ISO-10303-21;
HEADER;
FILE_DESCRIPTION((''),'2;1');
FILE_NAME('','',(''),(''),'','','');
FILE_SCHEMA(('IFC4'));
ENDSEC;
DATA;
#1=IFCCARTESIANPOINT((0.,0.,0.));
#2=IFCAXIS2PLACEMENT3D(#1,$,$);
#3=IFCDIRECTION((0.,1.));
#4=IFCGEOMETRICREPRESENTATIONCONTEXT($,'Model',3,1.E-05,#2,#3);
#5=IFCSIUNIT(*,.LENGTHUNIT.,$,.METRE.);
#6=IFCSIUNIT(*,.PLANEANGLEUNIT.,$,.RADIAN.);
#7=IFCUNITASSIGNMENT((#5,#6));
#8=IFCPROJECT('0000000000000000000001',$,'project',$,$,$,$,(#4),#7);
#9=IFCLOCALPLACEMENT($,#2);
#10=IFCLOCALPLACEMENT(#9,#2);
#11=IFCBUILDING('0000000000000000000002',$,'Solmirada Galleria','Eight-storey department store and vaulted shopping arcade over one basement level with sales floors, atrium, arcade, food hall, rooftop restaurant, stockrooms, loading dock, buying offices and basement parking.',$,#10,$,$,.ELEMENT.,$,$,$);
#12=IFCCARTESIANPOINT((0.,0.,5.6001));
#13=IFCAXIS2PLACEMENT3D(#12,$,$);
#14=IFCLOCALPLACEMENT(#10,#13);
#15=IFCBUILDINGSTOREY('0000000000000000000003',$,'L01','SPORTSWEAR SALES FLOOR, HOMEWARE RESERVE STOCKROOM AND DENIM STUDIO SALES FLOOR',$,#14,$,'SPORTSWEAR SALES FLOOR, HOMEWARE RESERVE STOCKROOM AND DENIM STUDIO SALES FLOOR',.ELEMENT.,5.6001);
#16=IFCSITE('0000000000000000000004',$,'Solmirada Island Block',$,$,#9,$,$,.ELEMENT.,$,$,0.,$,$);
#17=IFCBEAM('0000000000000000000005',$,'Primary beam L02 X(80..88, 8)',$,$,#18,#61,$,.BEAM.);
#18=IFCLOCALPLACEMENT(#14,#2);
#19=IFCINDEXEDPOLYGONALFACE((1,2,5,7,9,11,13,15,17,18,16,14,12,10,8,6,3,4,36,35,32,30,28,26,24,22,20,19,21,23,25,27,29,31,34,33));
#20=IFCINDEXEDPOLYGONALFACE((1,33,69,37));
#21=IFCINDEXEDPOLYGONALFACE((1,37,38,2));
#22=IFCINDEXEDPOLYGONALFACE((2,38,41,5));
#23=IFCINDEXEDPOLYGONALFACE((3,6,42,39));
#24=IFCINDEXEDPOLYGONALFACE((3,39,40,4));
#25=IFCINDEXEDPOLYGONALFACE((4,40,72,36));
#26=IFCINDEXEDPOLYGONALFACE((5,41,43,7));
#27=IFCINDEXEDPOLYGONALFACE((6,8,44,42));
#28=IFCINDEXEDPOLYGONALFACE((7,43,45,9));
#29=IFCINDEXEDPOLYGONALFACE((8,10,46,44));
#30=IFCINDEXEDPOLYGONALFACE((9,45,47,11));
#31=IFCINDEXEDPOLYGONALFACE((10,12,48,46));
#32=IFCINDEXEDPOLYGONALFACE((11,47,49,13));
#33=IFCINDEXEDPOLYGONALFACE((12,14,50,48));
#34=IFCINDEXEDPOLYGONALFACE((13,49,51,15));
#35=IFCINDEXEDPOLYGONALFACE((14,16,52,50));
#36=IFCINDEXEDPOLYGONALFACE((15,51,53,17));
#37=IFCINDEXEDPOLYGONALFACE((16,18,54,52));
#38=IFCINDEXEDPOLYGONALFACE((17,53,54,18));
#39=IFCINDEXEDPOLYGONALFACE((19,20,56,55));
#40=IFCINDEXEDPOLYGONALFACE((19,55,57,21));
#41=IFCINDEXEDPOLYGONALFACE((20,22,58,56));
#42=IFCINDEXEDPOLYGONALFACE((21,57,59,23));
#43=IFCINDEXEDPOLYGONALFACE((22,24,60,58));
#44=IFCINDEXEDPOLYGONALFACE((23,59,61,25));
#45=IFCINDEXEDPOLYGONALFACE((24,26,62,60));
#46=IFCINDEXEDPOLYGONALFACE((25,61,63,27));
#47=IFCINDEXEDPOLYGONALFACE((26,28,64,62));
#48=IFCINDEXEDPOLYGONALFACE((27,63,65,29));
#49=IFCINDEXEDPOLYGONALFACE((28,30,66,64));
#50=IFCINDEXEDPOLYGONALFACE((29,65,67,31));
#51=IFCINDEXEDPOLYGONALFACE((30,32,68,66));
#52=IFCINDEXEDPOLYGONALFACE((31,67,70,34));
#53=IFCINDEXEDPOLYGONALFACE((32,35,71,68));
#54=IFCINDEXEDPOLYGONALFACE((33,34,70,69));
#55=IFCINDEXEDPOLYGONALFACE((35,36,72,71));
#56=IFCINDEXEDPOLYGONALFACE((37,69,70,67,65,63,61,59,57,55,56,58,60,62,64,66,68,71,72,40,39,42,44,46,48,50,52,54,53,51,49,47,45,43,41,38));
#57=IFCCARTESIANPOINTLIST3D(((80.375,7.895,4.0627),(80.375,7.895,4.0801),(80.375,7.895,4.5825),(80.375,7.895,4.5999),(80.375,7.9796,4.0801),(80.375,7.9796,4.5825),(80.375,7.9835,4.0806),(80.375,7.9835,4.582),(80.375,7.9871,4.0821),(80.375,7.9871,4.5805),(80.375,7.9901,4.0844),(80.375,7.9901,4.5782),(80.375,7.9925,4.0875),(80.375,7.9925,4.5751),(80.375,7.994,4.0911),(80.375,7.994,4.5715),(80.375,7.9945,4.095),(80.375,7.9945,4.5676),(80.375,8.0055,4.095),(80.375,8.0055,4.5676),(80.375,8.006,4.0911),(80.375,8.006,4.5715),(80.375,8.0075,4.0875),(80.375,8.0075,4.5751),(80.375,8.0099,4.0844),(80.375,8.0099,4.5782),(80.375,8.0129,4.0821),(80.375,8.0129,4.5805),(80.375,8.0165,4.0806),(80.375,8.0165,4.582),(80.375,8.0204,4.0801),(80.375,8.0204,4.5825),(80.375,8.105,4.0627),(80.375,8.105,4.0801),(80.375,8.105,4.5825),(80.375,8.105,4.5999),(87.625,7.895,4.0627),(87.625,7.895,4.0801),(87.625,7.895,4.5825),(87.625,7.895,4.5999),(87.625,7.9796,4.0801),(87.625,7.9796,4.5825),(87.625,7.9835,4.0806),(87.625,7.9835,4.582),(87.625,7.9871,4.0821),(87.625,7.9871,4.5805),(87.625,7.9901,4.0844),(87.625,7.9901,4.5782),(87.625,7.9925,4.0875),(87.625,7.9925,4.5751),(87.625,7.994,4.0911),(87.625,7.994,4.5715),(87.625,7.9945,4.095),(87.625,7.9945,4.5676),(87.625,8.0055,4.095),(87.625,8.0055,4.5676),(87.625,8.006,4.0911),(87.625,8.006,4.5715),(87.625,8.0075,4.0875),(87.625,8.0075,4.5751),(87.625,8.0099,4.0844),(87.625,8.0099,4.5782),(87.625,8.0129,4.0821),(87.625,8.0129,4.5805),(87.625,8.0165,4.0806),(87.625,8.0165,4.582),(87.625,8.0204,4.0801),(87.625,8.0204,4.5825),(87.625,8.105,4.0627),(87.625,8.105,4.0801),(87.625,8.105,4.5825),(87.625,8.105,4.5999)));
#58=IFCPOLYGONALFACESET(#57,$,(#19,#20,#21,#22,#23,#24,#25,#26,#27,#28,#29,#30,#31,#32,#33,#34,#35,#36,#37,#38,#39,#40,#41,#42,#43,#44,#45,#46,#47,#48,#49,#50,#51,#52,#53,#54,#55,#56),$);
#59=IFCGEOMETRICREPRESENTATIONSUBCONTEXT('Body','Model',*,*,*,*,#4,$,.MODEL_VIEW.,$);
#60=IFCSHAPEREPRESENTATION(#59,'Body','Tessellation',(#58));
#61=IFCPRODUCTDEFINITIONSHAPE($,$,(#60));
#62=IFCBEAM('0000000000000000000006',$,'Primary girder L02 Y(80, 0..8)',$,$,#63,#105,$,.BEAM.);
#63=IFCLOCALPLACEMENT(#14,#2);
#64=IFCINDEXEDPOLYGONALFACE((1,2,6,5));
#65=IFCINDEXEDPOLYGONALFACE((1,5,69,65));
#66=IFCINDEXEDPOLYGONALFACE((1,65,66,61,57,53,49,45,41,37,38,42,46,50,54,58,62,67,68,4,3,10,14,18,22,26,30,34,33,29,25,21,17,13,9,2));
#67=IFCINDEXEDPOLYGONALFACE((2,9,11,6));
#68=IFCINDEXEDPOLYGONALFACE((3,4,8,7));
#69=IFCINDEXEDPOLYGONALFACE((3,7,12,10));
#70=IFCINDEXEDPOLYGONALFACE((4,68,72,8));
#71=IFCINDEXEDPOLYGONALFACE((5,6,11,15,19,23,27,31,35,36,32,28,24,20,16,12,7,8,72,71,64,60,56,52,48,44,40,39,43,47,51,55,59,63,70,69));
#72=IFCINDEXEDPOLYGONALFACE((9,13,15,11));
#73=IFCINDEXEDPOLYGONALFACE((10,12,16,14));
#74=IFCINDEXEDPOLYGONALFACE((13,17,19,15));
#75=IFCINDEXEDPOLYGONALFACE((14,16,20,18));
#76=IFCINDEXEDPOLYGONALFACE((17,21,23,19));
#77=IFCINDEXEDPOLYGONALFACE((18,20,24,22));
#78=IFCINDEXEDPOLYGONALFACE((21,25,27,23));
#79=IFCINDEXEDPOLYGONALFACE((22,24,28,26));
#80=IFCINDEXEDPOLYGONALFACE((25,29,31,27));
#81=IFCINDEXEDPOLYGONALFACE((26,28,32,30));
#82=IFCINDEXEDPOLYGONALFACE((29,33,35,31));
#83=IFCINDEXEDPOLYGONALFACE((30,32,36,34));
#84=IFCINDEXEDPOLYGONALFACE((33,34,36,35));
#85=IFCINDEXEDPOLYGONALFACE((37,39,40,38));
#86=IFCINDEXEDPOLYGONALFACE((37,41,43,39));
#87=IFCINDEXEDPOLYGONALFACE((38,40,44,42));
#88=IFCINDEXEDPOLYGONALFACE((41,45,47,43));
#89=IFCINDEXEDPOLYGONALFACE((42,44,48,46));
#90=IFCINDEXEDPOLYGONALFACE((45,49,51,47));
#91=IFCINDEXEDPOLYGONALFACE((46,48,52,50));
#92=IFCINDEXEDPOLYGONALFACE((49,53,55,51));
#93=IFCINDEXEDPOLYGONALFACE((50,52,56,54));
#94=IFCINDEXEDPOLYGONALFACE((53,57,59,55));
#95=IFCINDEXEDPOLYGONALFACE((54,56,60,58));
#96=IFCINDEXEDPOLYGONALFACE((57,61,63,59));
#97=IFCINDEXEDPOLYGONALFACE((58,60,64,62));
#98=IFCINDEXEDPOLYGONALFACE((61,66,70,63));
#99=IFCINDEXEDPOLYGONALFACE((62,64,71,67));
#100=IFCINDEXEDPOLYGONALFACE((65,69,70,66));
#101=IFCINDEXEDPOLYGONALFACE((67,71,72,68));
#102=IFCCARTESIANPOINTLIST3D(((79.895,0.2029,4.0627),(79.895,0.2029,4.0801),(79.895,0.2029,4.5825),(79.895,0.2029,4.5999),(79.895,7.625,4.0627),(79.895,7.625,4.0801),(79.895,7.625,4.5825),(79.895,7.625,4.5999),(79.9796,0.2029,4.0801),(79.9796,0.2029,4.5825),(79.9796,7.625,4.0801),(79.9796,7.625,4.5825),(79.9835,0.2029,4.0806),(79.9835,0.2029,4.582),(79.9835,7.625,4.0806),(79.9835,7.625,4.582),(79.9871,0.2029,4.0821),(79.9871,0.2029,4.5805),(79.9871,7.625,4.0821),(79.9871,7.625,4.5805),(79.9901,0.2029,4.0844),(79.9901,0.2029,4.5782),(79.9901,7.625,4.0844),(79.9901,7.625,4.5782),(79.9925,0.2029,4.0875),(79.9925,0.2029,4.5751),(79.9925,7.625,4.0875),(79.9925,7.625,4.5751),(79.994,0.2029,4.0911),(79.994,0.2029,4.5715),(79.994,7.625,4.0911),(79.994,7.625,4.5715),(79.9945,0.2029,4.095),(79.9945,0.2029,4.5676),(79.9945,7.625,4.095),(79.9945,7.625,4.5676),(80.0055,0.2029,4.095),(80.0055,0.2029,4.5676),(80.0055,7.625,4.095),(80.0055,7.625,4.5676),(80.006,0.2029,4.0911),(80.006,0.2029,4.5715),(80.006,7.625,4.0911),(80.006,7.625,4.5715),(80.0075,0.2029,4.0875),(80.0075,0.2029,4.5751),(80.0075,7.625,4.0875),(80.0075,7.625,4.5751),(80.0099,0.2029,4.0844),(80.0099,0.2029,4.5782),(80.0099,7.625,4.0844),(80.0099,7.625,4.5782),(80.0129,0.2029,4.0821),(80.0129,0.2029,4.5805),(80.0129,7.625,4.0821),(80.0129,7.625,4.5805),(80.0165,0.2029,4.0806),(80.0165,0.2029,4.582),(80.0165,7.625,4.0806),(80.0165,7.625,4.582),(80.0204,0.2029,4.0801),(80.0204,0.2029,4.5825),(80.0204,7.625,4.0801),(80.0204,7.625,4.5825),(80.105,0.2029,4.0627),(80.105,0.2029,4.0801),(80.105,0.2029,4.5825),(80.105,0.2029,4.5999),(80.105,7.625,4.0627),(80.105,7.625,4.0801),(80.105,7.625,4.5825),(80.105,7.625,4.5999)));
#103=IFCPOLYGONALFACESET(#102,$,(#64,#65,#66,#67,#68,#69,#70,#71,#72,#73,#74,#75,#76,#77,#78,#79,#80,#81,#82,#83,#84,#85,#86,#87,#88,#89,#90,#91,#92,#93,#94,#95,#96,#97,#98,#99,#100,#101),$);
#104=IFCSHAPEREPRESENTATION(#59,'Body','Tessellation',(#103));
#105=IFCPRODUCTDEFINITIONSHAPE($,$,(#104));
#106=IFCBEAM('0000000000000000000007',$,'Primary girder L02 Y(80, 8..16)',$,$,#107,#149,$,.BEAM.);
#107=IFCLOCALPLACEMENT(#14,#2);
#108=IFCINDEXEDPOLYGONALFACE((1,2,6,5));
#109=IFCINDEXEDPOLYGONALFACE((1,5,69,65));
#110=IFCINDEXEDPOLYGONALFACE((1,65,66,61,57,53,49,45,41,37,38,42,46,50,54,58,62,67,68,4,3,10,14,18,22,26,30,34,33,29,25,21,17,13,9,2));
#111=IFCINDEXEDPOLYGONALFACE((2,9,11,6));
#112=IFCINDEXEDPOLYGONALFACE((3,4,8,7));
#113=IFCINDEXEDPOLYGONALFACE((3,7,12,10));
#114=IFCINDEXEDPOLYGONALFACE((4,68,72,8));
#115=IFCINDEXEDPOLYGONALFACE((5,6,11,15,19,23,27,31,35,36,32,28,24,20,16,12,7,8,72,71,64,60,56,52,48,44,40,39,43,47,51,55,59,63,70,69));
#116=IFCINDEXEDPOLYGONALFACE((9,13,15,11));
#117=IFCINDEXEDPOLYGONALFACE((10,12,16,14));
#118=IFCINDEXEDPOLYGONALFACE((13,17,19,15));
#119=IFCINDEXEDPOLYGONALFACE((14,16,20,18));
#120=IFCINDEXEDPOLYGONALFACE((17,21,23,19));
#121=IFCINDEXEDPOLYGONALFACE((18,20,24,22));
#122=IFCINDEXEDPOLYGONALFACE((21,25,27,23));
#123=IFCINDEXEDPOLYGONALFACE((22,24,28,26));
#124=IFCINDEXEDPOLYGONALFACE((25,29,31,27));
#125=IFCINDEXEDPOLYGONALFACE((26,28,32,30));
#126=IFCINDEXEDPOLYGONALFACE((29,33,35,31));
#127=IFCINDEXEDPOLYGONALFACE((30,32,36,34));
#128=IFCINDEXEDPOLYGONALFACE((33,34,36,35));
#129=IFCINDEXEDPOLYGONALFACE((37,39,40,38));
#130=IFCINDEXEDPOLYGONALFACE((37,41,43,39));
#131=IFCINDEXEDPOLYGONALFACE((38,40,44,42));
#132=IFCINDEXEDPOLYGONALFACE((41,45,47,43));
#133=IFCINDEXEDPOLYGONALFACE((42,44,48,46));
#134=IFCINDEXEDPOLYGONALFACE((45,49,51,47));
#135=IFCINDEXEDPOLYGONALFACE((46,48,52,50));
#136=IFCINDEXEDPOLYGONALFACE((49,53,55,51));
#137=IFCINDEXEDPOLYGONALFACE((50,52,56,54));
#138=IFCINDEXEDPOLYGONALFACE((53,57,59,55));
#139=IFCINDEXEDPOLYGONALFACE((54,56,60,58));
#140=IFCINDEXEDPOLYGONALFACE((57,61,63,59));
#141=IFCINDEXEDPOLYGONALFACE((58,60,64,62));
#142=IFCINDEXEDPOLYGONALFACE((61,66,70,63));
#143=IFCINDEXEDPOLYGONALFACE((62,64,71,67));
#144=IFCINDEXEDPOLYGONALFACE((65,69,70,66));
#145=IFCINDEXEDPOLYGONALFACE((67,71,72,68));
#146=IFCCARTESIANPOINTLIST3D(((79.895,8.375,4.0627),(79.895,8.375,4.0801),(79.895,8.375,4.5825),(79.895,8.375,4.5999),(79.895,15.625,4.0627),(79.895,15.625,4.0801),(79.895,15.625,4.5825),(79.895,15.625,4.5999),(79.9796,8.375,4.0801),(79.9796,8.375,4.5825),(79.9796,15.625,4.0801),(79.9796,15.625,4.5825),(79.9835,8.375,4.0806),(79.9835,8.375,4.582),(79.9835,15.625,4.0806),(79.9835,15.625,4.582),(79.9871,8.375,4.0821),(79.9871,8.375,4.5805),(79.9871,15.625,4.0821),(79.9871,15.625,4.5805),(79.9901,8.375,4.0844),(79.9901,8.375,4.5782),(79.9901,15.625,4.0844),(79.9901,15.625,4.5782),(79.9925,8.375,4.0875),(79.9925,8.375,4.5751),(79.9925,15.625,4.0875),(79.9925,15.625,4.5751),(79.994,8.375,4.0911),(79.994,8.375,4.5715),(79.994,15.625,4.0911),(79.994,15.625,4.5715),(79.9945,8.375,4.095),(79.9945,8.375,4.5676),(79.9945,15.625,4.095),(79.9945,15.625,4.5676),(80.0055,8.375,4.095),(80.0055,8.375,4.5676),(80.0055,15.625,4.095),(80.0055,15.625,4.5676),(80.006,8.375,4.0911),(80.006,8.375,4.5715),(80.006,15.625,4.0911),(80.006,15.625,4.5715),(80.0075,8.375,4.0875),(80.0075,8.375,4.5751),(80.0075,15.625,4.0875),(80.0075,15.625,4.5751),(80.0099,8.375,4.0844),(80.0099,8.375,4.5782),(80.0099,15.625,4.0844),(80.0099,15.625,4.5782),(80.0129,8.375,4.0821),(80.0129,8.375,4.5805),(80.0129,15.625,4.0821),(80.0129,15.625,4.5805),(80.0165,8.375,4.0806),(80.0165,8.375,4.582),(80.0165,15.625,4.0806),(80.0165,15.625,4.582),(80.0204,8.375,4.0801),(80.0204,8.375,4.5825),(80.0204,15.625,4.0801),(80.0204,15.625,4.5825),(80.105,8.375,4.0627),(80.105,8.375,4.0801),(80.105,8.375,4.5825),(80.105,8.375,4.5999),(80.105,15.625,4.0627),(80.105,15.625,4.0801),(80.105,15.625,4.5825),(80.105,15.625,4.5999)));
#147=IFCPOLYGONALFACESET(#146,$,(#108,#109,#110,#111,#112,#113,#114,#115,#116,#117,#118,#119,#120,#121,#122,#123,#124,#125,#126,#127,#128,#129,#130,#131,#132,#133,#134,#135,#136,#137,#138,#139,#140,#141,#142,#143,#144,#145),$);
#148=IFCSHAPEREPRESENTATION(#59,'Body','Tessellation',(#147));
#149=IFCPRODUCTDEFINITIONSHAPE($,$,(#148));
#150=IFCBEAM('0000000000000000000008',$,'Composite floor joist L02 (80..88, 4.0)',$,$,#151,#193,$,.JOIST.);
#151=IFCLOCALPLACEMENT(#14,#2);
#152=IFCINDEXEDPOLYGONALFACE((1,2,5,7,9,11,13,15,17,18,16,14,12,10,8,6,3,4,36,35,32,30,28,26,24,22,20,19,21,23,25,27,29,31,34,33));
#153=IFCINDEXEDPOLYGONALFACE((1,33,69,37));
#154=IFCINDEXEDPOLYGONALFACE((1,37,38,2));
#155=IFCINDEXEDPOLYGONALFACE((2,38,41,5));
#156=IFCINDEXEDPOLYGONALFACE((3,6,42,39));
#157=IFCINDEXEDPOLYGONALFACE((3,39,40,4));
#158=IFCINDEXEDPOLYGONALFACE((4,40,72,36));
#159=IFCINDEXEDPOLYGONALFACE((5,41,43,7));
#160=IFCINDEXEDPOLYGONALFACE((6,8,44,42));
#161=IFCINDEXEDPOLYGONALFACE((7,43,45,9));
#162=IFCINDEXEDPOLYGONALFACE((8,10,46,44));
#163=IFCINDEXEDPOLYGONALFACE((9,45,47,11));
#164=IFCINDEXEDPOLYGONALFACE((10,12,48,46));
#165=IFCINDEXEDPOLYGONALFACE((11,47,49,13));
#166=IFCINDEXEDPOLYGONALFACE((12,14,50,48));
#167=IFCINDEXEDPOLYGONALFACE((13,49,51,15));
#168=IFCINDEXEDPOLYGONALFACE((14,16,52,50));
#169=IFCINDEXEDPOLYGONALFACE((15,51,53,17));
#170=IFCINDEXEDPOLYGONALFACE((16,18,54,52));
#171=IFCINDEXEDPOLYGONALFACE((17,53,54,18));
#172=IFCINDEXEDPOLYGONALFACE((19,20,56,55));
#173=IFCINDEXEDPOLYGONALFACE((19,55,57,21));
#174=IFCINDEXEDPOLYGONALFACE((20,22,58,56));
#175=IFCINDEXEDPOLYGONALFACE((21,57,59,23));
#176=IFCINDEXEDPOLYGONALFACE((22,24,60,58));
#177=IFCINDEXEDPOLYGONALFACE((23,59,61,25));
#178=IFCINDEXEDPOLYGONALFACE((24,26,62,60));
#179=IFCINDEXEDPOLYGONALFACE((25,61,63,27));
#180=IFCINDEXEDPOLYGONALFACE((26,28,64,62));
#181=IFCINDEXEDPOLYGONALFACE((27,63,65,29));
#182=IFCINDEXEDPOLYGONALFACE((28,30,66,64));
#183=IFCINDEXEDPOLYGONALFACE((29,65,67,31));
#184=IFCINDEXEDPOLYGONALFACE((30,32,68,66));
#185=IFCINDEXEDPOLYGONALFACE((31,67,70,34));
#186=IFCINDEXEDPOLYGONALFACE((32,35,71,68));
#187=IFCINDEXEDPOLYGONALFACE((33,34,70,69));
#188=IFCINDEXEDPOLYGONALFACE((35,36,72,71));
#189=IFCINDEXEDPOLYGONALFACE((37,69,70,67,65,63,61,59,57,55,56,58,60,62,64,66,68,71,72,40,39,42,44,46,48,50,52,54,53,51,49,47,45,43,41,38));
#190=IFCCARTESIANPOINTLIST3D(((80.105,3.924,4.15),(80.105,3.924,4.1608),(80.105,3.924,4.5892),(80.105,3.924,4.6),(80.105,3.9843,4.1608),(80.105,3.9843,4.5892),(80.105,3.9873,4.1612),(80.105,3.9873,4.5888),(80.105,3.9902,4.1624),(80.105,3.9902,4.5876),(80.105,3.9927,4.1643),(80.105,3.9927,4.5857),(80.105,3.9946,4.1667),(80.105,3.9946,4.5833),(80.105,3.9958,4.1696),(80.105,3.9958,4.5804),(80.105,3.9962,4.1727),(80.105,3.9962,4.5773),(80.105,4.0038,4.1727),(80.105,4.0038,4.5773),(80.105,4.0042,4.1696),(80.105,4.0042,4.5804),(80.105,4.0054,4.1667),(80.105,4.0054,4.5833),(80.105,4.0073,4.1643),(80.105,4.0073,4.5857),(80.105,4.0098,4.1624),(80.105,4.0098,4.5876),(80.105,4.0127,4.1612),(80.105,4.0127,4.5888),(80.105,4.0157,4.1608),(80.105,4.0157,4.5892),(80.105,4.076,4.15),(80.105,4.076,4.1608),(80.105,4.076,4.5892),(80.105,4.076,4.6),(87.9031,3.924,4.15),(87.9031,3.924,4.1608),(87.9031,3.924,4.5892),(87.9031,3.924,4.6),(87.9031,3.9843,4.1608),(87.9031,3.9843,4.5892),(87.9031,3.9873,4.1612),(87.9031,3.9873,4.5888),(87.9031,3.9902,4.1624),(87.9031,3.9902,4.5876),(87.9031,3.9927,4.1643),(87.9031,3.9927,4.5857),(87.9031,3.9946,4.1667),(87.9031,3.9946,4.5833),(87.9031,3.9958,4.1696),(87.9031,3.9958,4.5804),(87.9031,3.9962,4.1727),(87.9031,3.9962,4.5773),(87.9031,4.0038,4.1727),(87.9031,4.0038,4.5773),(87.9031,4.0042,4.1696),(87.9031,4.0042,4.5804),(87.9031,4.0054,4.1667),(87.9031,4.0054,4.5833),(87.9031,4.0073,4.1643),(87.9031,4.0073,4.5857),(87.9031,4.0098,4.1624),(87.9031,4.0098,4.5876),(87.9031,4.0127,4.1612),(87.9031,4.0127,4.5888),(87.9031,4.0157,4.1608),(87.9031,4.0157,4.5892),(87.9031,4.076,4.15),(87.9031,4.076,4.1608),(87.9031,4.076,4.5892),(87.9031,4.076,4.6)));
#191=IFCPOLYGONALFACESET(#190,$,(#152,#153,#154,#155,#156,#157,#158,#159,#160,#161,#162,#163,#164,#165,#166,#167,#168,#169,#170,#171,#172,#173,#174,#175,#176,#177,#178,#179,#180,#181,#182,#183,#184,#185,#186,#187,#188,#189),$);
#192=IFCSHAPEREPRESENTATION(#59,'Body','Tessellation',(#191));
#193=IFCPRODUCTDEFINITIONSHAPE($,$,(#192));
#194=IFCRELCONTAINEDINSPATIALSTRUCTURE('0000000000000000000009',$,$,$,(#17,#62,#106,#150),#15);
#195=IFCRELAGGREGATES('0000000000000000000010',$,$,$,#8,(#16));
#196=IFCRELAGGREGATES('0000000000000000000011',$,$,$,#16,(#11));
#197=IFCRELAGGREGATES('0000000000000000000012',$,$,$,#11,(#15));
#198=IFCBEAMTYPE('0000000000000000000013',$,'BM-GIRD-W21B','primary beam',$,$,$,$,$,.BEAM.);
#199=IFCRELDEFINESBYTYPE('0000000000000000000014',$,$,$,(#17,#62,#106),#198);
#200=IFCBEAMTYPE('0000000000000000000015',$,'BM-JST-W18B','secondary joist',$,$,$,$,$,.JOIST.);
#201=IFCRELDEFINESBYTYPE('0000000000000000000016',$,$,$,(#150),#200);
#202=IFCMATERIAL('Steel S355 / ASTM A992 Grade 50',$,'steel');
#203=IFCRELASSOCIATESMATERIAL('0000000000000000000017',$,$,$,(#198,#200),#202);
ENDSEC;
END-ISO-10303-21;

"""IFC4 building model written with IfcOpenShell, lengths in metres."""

from ifc_helpers import new_model, si_unit, direction, frame, origin, origin_2d, place, context, subcontext, project, spatial, i_section, extrude, material, material_profile, profile_set, type_object, element, save


model = new_model("IFC4")

# Units and contexts
model_context = context("Model", 3, precision=1e-05, world=origin(), true_north=direction((0.0, 1.0)))
body_context = subcontext(model_context, "Body", "Model", "MODEL_VIEW")
ifc_project = project(units=[si_unit("LENGTHUNIT", "METRE"), si_unit("PLANEANGLEUNIT", "RADIAN")], contexts=[model_context])

# Site, building, storey
site_placement = place(None, origin())
site = spatial("IfcSite", under=ifc_project, at=site_placement, Name="Solmirada Island Block", CompositionType="ELEMENT", RefElevation=0.0)
building_placement = place(site_placement, origin())
building = spatial("IfcBuilding", under=site, at=building_placement, Name="Solmirada Galleria", Description="Eight-storey department store and vaulted shopping arcade over one basement level with sales floors, atrium, arcade, food hall, rooftop restaurant, stockrooms, loading dock, buying offices and basement parking.", CompositionType="ELEMENT")
storey_placement = place(building_placement, frame((0.0, 0.0, 5.6001)))
storey = spatial("IfcBuildingStorey", under=building, at=storey_placement, Name="L01", Description="SPORTSWEAR SALES FLOOR, HOMEWARE RESERVE STOCKROOM AND DENIM STUDIO SALES FLOOR", LongName="SPORTSWEAR SALES FLOOR, HOMEWARE RESERVE STOCKROOM AND DENIM STUDIO SALES FLOOR", CompositionType="ELEMENT", Elevation=5.6001)

# Beams
ifc_material_1 = material(Name="Steel S355 / ASTM A992 Grade 50", Category="steel")
ifc_material_profile_1 = material_profile(ifc_material_1, i_section(OverallWidth=0.21, OverallDepth=0.5371, WebThickness=0.011, FlangeThickness=0.0173, FilletRadius=0.0149, at=origin_2d()), Name="W21X68")
ifc_profile_set_1 = profile_set([ifc_material_profile_1], Name="Steel S355 / ASTM A992 Grade 50")
beam_type_1 = type_object("IfcBeamType", Name="BM-GIRD-W21B", Description="primary beam", PredefinedType="BEAM", material=ifc_profile_set_1)
beam_1_placement = place(storey_placement, frame((80.375, 8.0, 4.3313), z_axis=(1.0, 0.0, 0.0), x_axis=(0.0, 1.0, 0.0)))
element("IfcBeam", 1, at=beam_1_placement, inside=storey, type_object=beam_type_1, Name="Primary beam L02 X(80..88, 8)", PredefinedType="BEAM", context=body_context, shape_type="SweptSolid", body=[
    extrude(i_section(OverallWidth=0.21, OverallDepth=0.5371, WebThickness=0.011, FlangeThickness=0.0173, FilletRadius=0.0149, at=origin_2d()), origin(), (0.0, 0.0, 1.0), 7.25),
])
beam_2_placement = place(storey_placement, frame((80.0, 0.2029, 4.3313), z_axis=(0.0, 1.0, 0.0), x_axis=(-1.0, 0.0, 0.0)))
element("IfcBeam", 2, at=beam_2_placement, inside=storey, type_object=beam_type_1, Name="Primary girder L02 Y(80, 0..8)", PredefinedType="BEAM", context=body_context, shape_type="SweptSolid", body=[
    extrude(i_section(OverallWidth=0.21, OverallDepth=0.5371, WebThickness=0.011, FlangeThickness=0.0173, FilletRadius=0.0149, at=origin_2d()), origin(), (0.0, 0.0, 1.0), 7.4221),
])
beam_3_placement = place(storey_placement, frame((80.0, 8.375, 4.3313), z_axis=(0.0, 1.0, 0.0), x_axis=(-1.0, 0.0, 0.0)))
element("IfcBeam", 3, at=beam_3_placement, inside=storey, type_object=beam_type_1, Name="Primary girder L02 Y(80, 8..16)", PredefinedType="BEAM", context=body_context, shape_type="SweptSolid", body=[
    extrude(i_section(OverallWidth=0.21, OverallDepth=0.5371, WebThickness=0.011, FlangeThickness=0.0173, FilletRadius=0.0149, at=origin_2d()), origin(), (0.0, 0.0, 1.0), 7.25),
])
ifc_material_profile_2 = material_profile(ifc_material_1, i_section(OverallWidth=0.1521, OverallDepth=0.45, WebThickness=0.0076, FlangeThickness=0.0107, FilletRadius=0.012, at=origin_2d()), Name="W18X35")
ifc_profile_set_2 = profile_set([ifc_material_profile_2], Name="Steel S355 / ASTM A992 Grade 50")
beam_type_2 = type_object("IfcBeamType", Name="BM-JST-W18B", Description="secondary joist", PredefinedType="JOIST", material=ifc_profile_set_2)
for number, where, z_axis, x_axis, name in (
    (4, (80.105, 4.0, 4.375), (1.0, 0.0, 0.0), (0.0, 1.0, 0.0), "Composite floor joist L02 (80..88, 4.0)"),
):
    element("IfcBeam", number, at=place(storey_placement, frame(where, z_axis=z_axis, x_axis=x_axis)), inside=storey, type_object=beam_type_2, Name=name, PredefinedType="JOIST", context=body_context, shape_type="SweptSolid", body=[
        extrude(i_section(OverallWidth=0.1521, OverallDepth=0.45, WebThickness=0.0076, FlangeThickness=0.0107, FilletRadius=0.012, at=origin_2d()), origin(), (0.0, 0.0, 1.0), 7.7981),
    ])

save(model, "model.ifc")
